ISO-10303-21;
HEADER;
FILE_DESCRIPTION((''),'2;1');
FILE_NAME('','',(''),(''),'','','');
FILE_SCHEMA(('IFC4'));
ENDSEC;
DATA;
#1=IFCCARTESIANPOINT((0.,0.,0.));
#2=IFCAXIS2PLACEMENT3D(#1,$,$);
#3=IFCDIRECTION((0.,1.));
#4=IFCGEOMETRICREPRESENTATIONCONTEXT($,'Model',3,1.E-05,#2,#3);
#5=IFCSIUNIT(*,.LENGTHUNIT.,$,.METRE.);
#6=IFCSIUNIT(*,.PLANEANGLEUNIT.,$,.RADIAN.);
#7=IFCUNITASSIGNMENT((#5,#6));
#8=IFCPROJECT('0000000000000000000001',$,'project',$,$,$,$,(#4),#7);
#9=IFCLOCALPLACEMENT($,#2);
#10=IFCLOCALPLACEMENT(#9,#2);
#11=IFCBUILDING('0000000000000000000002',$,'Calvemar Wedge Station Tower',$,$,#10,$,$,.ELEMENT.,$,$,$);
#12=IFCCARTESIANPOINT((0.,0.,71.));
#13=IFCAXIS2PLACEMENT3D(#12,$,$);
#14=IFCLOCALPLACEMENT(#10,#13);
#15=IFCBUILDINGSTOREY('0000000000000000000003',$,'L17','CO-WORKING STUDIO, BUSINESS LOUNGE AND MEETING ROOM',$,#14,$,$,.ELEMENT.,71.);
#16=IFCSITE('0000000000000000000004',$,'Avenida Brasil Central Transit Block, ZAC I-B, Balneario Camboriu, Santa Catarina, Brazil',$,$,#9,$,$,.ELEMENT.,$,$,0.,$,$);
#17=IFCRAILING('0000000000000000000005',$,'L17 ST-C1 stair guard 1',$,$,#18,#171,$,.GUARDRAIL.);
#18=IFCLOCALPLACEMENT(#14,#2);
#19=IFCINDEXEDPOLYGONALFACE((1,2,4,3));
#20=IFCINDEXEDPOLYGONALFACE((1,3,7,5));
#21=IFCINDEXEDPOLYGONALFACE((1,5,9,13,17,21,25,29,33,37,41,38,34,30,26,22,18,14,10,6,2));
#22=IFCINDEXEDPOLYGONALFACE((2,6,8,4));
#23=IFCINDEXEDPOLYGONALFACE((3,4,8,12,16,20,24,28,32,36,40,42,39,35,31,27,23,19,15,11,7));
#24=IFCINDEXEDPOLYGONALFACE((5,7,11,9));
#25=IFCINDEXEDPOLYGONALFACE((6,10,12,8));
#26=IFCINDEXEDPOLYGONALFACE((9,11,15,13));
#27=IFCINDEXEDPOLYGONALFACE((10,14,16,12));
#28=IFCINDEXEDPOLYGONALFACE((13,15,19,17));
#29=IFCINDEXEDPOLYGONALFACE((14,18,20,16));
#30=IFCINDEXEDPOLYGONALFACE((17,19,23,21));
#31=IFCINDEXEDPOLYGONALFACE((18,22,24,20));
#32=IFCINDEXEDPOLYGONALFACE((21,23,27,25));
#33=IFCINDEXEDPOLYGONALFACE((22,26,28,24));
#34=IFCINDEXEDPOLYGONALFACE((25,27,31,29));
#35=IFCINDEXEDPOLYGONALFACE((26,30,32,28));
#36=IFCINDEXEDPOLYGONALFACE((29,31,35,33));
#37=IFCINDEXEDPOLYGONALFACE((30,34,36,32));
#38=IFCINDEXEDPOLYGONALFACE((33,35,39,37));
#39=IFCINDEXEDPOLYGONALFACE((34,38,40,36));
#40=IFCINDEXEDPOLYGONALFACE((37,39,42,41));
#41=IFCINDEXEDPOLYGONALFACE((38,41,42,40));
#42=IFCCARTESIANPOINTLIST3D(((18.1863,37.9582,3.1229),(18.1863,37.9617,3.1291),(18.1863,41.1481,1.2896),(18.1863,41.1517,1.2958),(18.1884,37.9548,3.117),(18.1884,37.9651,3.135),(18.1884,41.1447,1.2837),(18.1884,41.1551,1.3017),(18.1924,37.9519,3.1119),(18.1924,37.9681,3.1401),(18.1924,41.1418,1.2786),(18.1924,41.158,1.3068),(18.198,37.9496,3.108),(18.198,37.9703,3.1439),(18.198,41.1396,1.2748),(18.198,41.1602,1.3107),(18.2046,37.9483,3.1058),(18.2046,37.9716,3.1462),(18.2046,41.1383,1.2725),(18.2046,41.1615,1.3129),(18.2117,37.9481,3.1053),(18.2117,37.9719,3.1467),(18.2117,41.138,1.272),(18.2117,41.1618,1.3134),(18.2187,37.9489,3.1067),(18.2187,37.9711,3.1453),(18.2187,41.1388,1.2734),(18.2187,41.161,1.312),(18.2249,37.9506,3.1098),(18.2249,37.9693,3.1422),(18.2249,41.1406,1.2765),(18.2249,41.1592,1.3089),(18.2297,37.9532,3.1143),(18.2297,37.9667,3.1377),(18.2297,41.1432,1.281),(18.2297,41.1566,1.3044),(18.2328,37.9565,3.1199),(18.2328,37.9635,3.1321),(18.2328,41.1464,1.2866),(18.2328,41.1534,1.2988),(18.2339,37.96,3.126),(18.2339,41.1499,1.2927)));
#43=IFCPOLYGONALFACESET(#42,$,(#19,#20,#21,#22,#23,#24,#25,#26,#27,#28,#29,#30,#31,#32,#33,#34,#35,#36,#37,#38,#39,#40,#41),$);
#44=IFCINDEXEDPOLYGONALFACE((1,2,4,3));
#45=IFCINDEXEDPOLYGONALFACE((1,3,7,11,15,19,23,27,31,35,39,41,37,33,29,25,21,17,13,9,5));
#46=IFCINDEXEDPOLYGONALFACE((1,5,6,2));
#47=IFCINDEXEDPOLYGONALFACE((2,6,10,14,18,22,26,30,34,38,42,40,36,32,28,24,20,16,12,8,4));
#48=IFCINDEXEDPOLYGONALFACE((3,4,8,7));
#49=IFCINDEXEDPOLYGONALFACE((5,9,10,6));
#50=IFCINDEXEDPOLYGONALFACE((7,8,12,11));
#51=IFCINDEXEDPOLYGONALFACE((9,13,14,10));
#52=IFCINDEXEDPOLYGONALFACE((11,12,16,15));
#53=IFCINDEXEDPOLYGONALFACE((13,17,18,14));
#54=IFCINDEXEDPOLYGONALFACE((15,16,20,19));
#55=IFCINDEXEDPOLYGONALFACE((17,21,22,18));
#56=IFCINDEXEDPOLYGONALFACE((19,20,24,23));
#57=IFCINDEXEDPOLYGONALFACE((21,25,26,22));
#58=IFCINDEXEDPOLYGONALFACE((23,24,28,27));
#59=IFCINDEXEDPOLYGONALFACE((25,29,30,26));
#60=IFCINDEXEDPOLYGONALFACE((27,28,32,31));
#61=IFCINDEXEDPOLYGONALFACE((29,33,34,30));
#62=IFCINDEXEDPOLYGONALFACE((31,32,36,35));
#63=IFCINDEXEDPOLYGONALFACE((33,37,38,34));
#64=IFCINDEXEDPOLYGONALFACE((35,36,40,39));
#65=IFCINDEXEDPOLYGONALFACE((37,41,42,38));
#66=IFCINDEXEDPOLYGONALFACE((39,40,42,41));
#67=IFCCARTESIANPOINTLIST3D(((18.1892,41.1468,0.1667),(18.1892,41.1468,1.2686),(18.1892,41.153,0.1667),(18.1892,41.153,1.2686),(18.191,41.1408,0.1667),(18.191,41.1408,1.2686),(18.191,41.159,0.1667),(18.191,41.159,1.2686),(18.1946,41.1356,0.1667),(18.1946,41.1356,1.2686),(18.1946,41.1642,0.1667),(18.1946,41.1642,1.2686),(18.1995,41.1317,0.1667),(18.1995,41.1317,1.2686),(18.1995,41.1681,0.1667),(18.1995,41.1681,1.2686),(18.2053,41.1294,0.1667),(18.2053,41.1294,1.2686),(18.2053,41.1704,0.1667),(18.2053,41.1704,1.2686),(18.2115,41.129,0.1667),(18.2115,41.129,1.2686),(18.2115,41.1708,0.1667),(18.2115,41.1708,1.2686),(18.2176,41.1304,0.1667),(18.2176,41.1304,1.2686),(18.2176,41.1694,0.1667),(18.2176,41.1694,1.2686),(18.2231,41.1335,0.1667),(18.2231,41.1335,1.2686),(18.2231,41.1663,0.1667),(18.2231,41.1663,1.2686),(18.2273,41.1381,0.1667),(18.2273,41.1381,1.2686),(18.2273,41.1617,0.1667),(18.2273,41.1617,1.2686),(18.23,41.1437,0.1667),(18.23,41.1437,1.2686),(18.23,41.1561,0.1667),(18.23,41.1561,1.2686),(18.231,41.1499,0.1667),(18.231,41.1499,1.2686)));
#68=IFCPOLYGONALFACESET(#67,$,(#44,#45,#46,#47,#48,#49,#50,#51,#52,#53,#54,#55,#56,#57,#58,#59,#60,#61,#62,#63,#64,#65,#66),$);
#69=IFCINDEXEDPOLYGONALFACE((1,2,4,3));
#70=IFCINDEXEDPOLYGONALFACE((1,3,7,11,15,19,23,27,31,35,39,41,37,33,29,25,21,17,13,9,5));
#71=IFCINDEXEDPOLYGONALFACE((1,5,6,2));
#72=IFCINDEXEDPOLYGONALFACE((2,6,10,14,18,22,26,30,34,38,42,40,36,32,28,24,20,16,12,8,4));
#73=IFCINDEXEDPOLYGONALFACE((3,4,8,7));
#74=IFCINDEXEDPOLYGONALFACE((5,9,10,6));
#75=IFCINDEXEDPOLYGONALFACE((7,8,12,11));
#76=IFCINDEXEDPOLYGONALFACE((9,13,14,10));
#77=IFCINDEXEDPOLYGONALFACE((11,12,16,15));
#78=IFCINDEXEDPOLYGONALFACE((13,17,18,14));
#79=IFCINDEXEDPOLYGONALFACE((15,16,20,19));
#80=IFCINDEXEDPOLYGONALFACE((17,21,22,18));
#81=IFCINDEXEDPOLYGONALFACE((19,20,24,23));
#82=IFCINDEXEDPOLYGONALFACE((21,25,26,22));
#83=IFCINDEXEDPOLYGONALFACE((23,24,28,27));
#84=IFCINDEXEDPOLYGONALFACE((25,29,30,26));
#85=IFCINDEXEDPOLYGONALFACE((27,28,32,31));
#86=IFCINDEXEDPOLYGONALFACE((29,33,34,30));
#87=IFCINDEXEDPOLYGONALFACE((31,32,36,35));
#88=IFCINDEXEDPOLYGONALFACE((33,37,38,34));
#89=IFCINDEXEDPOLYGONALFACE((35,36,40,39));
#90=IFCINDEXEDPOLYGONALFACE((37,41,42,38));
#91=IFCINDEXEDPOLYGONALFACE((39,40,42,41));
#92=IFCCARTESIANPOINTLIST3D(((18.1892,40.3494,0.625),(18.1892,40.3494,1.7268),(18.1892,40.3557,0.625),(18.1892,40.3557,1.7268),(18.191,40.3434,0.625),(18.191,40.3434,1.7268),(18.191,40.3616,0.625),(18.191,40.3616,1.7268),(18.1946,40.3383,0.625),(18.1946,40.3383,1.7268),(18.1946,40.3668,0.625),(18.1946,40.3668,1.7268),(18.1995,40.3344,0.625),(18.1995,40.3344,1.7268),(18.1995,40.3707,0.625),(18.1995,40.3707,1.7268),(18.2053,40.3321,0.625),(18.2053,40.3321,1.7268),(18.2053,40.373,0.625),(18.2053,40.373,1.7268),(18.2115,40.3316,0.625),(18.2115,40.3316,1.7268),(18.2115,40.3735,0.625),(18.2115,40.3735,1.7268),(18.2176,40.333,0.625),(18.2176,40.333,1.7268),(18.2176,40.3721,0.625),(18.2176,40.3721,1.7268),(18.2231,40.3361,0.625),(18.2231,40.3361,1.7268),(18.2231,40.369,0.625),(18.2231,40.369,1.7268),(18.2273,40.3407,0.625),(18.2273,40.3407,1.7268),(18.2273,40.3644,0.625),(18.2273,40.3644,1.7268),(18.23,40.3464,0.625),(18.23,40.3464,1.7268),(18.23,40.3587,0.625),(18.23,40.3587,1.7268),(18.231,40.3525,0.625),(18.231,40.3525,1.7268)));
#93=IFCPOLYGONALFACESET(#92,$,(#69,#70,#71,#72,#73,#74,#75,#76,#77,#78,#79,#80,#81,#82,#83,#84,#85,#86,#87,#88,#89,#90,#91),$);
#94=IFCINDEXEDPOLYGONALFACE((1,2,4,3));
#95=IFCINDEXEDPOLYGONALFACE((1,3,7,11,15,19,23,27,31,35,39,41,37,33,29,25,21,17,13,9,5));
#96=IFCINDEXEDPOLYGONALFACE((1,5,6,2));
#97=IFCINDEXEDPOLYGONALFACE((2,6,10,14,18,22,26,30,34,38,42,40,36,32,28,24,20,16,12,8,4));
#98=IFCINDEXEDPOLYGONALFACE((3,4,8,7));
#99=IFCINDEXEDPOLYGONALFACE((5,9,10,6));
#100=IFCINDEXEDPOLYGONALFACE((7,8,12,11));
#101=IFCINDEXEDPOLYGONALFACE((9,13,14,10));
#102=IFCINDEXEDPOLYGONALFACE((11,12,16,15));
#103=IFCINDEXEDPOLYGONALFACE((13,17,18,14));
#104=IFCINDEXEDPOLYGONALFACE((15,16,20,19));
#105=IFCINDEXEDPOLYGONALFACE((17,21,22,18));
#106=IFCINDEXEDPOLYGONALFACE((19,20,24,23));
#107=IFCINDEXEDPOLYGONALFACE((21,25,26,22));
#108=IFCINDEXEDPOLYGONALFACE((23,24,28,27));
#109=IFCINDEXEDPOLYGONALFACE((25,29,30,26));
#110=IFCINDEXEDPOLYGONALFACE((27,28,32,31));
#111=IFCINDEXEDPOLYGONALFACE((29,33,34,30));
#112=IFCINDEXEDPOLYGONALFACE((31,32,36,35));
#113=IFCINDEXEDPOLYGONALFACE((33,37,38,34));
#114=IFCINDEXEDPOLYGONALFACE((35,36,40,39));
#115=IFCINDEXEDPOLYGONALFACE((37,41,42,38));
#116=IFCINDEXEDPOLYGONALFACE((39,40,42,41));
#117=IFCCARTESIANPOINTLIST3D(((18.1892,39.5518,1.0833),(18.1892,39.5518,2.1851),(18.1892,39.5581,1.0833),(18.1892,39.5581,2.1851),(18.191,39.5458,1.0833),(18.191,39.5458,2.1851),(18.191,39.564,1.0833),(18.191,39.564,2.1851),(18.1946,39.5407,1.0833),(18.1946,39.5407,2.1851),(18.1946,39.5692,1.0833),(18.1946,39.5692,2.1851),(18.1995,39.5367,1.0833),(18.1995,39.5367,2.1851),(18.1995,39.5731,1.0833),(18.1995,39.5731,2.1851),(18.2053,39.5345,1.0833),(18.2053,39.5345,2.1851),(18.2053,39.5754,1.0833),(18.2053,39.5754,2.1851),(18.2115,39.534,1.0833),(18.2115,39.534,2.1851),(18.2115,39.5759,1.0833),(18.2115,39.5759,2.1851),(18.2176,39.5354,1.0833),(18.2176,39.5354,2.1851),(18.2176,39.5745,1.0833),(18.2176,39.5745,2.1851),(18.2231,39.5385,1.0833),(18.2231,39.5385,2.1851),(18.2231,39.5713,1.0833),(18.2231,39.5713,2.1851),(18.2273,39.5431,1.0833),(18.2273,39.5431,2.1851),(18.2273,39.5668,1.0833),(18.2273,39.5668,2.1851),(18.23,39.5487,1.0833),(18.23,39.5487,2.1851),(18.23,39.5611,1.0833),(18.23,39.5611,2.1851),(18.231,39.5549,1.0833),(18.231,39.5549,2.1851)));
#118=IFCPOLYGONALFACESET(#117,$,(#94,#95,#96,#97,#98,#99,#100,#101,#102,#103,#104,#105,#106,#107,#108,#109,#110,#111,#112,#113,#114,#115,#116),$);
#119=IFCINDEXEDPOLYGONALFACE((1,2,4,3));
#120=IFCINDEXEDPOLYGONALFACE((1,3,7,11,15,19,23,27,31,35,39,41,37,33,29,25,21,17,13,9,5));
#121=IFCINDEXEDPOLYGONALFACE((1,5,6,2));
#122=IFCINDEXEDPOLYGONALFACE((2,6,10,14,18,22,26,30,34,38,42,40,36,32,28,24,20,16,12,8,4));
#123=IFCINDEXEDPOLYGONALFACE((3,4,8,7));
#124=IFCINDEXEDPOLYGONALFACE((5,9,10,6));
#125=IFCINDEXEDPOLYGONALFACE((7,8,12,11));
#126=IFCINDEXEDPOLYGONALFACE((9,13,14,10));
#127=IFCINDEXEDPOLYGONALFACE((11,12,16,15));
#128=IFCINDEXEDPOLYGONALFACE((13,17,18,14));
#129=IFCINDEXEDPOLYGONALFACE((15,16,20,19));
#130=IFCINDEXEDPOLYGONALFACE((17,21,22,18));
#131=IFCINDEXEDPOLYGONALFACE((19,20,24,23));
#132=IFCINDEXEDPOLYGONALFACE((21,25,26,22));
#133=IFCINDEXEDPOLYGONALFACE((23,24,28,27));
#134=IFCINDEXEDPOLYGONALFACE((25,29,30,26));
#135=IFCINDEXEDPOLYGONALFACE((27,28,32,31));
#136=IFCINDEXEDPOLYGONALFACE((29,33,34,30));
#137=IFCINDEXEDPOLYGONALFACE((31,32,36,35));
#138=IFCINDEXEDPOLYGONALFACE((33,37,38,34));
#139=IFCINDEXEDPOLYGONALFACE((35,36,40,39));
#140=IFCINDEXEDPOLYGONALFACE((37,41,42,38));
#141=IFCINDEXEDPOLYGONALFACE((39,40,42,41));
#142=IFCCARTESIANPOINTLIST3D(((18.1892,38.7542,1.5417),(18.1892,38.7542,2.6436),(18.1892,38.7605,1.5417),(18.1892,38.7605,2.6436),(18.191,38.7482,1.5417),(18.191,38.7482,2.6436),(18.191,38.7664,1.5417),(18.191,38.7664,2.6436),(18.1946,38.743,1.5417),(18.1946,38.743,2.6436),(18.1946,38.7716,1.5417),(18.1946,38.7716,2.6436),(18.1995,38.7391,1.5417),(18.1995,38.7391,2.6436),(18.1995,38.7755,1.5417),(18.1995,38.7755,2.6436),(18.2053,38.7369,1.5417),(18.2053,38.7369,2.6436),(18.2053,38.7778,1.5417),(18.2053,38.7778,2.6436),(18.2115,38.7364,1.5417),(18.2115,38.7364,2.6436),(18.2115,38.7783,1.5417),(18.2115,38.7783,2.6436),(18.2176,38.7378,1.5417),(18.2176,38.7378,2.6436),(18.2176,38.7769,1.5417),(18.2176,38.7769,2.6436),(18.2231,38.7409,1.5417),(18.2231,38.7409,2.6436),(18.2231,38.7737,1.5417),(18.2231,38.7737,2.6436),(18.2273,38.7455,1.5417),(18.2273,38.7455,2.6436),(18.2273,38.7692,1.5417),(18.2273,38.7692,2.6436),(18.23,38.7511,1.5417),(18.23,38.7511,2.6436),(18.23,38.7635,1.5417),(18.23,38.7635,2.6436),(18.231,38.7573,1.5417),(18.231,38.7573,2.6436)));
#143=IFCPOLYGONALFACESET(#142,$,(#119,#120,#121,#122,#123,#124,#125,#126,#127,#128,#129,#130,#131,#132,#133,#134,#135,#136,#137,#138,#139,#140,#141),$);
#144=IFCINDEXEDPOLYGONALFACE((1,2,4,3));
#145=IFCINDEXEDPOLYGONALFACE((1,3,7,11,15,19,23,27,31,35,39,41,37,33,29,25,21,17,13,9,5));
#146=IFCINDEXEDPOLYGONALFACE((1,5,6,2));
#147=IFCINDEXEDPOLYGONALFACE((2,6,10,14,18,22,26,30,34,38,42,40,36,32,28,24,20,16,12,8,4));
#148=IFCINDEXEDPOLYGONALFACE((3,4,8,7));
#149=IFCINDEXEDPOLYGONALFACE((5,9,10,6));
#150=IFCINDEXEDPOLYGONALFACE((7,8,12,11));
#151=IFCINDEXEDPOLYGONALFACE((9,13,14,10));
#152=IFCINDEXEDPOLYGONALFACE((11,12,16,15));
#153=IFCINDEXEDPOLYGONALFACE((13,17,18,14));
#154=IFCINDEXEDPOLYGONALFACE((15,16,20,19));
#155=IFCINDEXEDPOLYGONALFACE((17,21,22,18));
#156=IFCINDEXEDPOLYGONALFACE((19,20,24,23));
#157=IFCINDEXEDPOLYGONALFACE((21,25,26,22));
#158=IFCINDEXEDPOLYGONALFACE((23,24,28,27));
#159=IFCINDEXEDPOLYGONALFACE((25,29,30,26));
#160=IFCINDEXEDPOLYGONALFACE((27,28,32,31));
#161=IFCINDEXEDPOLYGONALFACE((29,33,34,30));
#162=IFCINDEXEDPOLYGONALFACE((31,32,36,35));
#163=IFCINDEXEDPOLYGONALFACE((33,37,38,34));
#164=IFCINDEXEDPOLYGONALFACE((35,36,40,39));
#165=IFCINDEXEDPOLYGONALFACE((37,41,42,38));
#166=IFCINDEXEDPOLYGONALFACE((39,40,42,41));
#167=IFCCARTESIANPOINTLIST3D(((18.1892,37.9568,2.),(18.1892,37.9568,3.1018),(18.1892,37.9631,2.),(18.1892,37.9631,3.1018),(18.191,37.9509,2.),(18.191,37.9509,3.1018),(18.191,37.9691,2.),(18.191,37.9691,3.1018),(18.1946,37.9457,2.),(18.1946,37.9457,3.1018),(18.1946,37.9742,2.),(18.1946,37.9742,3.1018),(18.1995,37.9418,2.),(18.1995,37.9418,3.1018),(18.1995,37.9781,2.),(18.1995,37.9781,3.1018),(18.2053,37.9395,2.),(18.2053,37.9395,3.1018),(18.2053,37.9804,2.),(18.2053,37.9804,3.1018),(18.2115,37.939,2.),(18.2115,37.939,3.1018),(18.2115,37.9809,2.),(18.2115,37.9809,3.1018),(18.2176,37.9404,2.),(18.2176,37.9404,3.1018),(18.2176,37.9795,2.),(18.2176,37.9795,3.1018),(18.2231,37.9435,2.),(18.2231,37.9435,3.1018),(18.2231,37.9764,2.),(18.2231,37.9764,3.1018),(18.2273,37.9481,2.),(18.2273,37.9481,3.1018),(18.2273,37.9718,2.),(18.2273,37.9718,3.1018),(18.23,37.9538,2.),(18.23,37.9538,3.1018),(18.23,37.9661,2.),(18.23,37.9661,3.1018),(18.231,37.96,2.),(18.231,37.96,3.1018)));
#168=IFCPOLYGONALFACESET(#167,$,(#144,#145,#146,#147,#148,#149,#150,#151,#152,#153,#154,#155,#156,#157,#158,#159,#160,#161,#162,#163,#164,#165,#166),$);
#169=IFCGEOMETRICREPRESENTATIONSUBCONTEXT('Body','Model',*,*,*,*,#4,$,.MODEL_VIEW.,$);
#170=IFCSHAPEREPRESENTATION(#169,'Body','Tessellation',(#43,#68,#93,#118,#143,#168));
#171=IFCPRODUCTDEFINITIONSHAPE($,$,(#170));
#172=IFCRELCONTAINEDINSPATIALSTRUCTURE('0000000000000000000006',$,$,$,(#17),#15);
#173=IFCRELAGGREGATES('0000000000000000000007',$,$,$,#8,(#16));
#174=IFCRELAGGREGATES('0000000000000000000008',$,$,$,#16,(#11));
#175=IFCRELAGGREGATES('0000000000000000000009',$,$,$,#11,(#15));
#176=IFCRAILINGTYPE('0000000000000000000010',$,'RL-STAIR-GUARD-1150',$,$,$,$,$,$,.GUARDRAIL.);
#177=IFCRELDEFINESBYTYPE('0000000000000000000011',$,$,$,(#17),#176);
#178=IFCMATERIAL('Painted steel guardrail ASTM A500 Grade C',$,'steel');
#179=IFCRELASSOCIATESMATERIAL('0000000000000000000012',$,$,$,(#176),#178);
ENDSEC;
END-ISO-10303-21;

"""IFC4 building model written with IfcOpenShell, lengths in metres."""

from ifc_helpers import new_model, si_unit, direction, frame, origin, origin_2d, place, context, subcontext, project, spatial, circle, extrude, material, type_object, element, save


model = new_model("IFC4")

# Units and contexts
model_context = context("Model", 3, precision=1e-05, world=origin(), true_north=direction((0.0, 1.0)))
body_context = subcontext(model_context, "Body", "Model", "MODEL_VIEW")
ifc_project = project(units=[si_unit("LENGTHUNIT", "METRE"), si_unit("PLANEANGLEUNIT", "RADIAN")], contexts=[model_context])

# Site, building, storey
site_placement = place(None, origin())
site = spatial("IfcSite", under=ifc_project, at=site_placement, Name="Avenida Brasil Central Transit Block, ZAC I-B, Balneario Camboriu, Santa Catarina, Brazil", CompositionType="ELEMENT", RefElevation=0.0)
building_placement = place(site_placement, origin())
building = spatial("IfcBuilding", under=site, at=building_placement, Name="Calvemar Wedge Station Tower", CompositionType="ELEMENT")
storey_placement = place(building_placement, frame((0.0, 0.0, 71.0)))
storey = spatial("IfcBuildingStorey", under=building, at=storey_placement, Name="L17", Description="CO-WORKING STUDIO, BUSINESS LOUNGE AND MEETING ROOM", CompositionType="ELEMENT", Elevation=71.0)

# Railing
ifc_material_1 = material(Name="Painted steel guardrail ASTM A500 Grade C", Category="steel")
railing_type_1 = type_object("IfcRailingType", Name="RL-STAIR-GUARD-1150", PredefinedType="GUARDRAIL", material=ifc_material_1)
railing_1_placement = place(storey_placement, frame((18.21, 41.1499, 0.1667)))
element("IfcRailing", 1, at=railing_1_placement, inside=storey, type_object=railing_type_1, Name="L17 ST-C1 stair guard 1", PredefinedType="GUARDRAIL", context=body_context, shape_type="SweptSolid", body=[
    extrude(circle(Radius=0.0239, at=origin_2d()), frame((0.0, 0.0, 1.126), z_axis=(0.0, -0.86702, 0.498274), x_axis=(1.0, 0.0, 0.0)), (0.0, 0.0, 1.0), 3.6792),
    extrude(circle(Radius=0.021, at=origin_2d()), origin(), (0.0, 0.0, 1.0), 1.1018),
    extrude(circle(Radius=0.021, at=origin_2d()), frame((0.0, -0.7974, 0.4583)), (0.0, 0.0, 1.0), 1.1018),
    extrude(circle(Radius=0.021, at=origin_2d()), frame((0.0, -1.595, 0.9165)), (0.0, 0.0, 1.0), 1.1018),
    extrude(circle(Radius=0.021, at=origin_2d()), frame((0.0, -2.3926, 1.375)), (0.0, 0.0, 1.0), 1.1018),
    extrude(circle(Radius=0.021, at=origin_2d()), frame((0.0, -3.1899, 1.8333)), (0.0, 0.0, 1.0), 1.1018),
])

save(model, "model.ifc")
